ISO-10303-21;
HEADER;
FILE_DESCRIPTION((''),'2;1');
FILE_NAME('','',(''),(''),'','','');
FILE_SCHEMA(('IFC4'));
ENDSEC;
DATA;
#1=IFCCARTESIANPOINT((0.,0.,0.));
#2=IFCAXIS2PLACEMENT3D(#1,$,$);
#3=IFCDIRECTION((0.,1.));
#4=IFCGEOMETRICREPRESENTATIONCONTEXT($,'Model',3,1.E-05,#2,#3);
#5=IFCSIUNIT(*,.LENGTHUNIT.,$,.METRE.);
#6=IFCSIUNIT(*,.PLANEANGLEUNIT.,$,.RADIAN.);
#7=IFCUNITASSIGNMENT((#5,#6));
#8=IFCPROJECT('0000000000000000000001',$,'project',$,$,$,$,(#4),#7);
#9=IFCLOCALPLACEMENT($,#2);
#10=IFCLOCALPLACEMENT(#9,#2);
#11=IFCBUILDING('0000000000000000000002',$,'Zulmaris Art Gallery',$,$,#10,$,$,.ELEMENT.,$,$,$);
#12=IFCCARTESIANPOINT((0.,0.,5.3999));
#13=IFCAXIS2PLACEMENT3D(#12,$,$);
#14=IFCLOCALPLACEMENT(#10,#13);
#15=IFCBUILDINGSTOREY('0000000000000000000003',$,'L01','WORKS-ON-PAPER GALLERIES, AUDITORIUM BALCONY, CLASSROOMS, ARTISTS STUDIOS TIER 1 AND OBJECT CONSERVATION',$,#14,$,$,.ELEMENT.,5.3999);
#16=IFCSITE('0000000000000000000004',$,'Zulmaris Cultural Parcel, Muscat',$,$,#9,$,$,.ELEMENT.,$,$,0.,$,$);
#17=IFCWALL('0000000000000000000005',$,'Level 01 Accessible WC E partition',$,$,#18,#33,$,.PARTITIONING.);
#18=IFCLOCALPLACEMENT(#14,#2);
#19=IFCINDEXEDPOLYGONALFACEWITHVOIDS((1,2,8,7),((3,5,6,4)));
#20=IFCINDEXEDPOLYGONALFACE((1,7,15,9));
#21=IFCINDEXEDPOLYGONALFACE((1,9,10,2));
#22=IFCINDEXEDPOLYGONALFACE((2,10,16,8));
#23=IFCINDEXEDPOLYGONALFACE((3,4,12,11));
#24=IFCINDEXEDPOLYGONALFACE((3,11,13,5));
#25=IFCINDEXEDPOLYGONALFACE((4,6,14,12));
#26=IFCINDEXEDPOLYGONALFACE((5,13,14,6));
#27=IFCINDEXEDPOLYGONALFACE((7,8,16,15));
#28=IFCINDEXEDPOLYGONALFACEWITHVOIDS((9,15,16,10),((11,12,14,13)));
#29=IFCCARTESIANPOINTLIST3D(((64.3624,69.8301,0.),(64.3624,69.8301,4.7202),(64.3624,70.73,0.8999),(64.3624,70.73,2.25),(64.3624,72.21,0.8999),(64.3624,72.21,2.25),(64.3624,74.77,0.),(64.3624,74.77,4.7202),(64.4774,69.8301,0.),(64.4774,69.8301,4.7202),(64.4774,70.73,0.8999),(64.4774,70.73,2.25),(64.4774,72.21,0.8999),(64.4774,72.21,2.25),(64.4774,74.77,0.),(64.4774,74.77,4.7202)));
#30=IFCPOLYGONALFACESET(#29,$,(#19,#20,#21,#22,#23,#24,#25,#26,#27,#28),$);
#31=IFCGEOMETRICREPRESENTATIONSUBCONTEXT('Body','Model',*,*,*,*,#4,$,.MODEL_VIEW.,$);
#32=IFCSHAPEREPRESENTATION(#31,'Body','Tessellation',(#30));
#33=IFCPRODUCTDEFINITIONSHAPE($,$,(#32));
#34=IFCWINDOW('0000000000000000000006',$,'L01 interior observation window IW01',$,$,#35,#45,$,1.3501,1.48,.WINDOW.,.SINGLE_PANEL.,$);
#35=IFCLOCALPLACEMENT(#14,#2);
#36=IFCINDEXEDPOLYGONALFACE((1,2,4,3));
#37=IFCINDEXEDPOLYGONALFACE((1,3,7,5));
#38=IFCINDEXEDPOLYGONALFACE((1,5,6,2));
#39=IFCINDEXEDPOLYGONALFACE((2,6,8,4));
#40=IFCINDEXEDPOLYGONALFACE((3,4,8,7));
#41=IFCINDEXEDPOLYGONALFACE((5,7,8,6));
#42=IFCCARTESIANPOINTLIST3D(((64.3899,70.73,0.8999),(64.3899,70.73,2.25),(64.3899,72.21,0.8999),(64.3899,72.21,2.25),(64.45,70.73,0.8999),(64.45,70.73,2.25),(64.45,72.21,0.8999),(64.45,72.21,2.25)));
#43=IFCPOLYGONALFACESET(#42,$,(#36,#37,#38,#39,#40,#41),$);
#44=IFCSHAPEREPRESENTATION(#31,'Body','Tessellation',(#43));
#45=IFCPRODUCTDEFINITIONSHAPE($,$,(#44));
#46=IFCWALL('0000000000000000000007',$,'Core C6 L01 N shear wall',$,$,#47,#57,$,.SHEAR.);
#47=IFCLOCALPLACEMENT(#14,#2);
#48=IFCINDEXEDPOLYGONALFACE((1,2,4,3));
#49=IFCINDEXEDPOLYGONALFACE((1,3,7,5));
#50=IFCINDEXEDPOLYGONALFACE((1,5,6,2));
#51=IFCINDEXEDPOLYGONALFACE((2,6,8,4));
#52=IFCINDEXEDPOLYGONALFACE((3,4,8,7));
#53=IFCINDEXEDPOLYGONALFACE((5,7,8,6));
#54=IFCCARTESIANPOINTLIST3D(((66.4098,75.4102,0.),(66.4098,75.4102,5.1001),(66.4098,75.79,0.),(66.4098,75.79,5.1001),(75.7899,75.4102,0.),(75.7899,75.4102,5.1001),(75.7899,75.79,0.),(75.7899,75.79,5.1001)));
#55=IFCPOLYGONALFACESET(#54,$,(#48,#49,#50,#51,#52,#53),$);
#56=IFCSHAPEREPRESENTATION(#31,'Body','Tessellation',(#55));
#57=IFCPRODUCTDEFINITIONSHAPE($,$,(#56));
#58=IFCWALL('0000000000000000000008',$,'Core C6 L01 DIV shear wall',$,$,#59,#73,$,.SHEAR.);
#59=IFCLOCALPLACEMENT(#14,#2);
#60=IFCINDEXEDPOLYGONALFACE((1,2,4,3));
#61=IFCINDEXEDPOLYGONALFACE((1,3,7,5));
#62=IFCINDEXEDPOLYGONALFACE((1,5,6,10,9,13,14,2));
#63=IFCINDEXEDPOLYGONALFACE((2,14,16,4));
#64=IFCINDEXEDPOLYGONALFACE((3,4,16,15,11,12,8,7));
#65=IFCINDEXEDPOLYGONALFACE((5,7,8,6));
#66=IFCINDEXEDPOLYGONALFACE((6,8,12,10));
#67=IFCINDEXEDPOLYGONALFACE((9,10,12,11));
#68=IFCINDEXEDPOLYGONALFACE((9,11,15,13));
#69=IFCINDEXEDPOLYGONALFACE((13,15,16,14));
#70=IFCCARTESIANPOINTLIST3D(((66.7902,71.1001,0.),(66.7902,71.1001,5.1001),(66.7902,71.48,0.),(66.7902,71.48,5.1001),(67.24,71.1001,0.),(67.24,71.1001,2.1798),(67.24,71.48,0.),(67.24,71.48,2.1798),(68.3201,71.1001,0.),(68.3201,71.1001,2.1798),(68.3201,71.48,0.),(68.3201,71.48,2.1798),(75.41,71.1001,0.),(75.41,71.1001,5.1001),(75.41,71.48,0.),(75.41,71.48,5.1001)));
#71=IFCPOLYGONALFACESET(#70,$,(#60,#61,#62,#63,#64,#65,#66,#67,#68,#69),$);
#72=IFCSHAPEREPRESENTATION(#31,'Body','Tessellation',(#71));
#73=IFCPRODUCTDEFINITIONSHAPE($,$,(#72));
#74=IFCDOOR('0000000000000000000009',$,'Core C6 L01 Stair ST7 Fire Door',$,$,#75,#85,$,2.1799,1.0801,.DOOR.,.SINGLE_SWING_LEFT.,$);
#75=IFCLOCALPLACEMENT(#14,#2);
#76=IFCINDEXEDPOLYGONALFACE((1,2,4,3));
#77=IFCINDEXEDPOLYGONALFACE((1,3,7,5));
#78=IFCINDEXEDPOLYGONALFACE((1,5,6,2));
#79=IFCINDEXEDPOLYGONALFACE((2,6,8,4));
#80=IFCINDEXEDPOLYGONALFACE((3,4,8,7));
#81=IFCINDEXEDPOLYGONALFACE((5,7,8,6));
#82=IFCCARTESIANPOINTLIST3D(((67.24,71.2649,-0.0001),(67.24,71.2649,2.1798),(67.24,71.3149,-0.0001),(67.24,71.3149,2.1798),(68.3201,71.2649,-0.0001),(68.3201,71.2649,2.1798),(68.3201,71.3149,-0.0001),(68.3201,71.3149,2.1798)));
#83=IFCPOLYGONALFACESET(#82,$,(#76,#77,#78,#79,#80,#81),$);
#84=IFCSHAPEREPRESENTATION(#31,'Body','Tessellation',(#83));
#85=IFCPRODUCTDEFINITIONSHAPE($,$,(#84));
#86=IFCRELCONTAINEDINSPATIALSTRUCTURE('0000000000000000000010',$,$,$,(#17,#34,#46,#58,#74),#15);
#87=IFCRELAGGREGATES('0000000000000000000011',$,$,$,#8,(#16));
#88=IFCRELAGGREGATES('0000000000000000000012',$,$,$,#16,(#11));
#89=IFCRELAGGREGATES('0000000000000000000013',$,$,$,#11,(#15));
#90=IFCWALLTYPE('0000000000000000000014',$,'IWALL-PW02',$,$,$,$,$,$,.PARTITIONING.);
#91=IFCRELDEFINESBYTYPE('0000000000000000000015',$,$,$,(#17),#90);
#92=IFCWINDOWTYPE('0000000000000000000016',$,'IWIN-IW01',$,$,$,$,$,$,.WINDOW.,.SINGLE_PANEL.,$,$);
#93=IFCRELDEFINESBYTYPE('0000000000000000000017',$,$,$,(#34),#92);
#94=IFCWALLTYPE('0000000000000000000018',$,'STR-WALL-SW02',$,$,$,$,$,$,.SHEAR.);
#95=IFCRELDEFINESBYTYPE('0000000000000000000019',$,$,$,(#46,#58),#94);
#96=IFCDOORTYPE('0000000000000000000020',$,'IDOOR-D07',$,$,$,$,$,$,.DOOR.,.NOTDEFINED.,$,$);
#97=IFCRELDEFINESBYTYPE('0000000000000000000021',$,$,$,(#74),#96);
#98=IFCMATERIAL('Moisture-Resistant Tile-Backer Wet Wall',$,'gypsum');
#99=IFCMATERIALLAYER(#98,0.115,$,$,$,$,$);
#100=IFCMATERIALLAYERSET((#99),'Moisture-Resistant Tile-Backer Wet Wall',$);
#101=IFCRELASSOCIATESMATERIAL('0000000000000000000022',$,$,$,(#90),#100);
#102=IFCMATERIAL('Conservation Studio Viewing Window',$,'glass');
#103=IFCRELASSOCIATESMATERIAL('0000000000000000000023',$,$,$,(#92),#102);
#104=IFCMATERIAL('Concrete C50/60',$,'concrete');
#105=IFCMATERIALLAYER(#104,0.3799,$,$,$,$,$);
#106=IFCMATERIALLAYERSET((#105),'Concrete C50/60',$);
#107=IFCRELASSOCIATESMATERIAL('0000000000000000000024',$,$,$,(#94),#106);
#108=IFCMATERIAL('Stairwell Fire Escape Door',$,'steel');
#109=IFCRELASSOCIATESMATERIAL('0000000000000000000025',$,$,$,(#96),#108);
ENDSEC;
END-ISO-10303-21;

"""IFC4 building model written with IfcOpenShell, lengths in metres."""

from ifc_helpers import new_model, si_unit, direction, frame, frame_2d, origin, place, context, subcontext, project, spatial, rectangle, extrude, material, layer, layer_set, type_object, element, fill, save


model = new_model("IFC4")

# Units and contexts
model_context = context("Model", 3, precision=1e-05, world=origin(), true_north=direction((0.0, 1.0)))
body_context = subcontext(model_context, "Body", "Model", "MODEL_VIEW")
ifc_project = project(units=[si_unit("LENGTHUNIT", "METRE"), si_unit("PLANEANGLEUNIT", "RADIAN")], contexts=[model_context])

# Site, building, storey
site_placement = place(None, origin())
site = spatial("IfcSite", under=ifc_project, at=site_placement, Name="Zulmaris Cultural Parcel, Muscat", CompositionType="ELEMENT", RefElevation=0.0)
building_placement = place(site_placement, origin())
building = spatial("IfcBuilding", under=site, at=building_placement, Name="Zulmaris Art Gallery", CompositionType="ELEMENT")
storey_placement = place(building_placement, frame((0.0, 0.0, 5.3999)))
storey = spatial("IfcBuildingStorey", under=building, at=storey_placement, Name="L01", Description="WORKS-ON-PAPER GALLERIES, AUDITORIUM BALCONY, CLASSROOMS, ARTISTS STUDIOS TIER 1 AND OBJECT CONSERVATION", CompositionType="ELEMENT", Elevation=5.3999)

# Shared definitions
ifc_material_1 = material(Name="Moisture-Resistant Tile-Backer Wet Wall", Category="gypsum")
ifc_layer_1 = layer(ifc_material_1, 0.115)
ifc_layer_set_1 = layer_set([ifc_layer_1], Name="Moisture-Resistant Tile-Backer Wet Wall")
wall_type_1 = type_object("IfcWallType", Name="IWALL-PW02", PredefinedType="PARTITIONING", material=ifc_layer_set_1)

# Wall, opening, window
ifc_material_2 = material(Name="Conservation Studio Viewing Window", Category="glass")
window_type_1 = type_object("IfcWindowType", Name="IWIN-IW01", PartitioningType="SINGLE_PANEL", PredefinedType="WINDOW", material=ifc_material_2)
wall_1_placement = place(storey_placement, frame((64.4199, 69.8301, 0.0), z_axis=(0.0, 0.0, 1.0), x_axis=(0.0, 1.0, 0.0)))
wall_1 = element("IfcWall", 1, at=wall_1_placement, inside=storey, type_object=wall_type_1, Name="Level 01 Accessible WC E partition", PredefinedType="PARTITIONING", context=body_context, shape_type="SweptSolid", body=[
    extrude(rectangle(XDim=4.9399, YDim=0.115, at=frame_2d((2.47, 0.0))), origin(), (0.0, 0.0, 1.0), 4.7202),
])
opening_1_placement = place(wall_1_placement, frame((0.8999, 0.0, 0.8999)))
opening_1 = element("IfcOpeningElement", 2, at=opening_1_placement, cuts=wall_1, PredefinedType="OPENING", context=body_context, shape_type="SweptSolid", body=[
    extrude(rectangle(XDim=1.48, YDim=1.3501, at=frame_2d((0.74, 0.675))), frame((0.0, 0.0674, 0.0), z_axis=(0.0, -1.0, 0.0), x_axis=(1.0, 0.0, 0.0)), (0.0, 0.0, 1.0), 0.135),
])
window_1_placement = place(opening_1_placement, origin())
window_1 = element("IfcWindow", 3, at=window_1_placement, inside=storey, type_object=window_type_1, Name="L01 interior observation window IW01", OverallHeight=1.3501, OverallWidth=1.48, PartitioningType="SINGLE_PANEL", PredefinedType="WINDOW", context=body_context, shape_type="SweptSolid", body=[
    extrude(rectangle(XDim=1.48, YDim=1.3501, at=frame_2d((0.74, 0.675))), frame((0.0, 0.03, 0.0), z_axis=(0.0, -1.0, 0.0), x_axis=(1.0, 0.0, 0.0)), (0.0, 0.0, 1.0), 0.0601),
])
fill(opening_1, window_1)

# Wall
ifc_material_3 = material(Name="Concrete C50/60", Category="concrete")
ifc_layer_2 = layer(ifc_material_3, 0.3799)
ifc_layer_set_2 = layer_set([ifc_layer_2], Name="Concrete C50/60")
wall_type_2 = type_object("IfcWallType", Name="STR-WALL-SW02", PredefinedType="SHEAR", material=ifc_layer_set_2)
wall_2_placement = place(storey_placement, frame((66.4099, 75.6001, 0.0), z_axis=(0.0, 0.0, 1.0), x_axis=(1.0, 0.0, 0.0)))
element("IfcWall", 4, at=wall_2_placement, inside=storey, type_object=wall_type_2, Name="Core C6 L01 N shear wall", PredefinedType="SHEAR", context=body_context, shape_type="SweptSolid", body=[
    extrude(rectangle(XDim=9.3801, YDim=0.3799, at=frame_2d((4.6899, 0.0))), origin(), (0.0, 0.0, 1.0), 5.1001),
])

# Wall, opening, door
wall_3_placement = place(storey_placement, frame((66.79, 71.29, 0.0), z_axis=(0.0, 0.0, 1.0), x_axis=(1.0, 0.0, 0.0)))
wall_3 = element("IfcWall", 5, at=wall_3_placement, inside=storey, type_object=wall_type_2, Name="Core C6 L01 DIV shear wall", PredefinedType="SHEAR", context=body_context, shape_type="SweptSolid", body=[
    extrude(rectangle(XDim=8.6199, YDim=0.3799, at=frame_2d((4.3101, 0.0))), origin(), (0.0, 0.0, 1.0), 5.1001),
])
opening_2_placement = place(wall_3_placement, frame((0.45, 0.0, 0.0)))
opening_2 = element("IfcOpeningElement", 6, at=opening_2_placement, cuts=wall_3, PredefinedType="OPENING", context=body_context, shape_type="SweptSolid", body=[
    extrude(rectangle(XDim=1.0801, YDim=2.1799, at=frame_2d((0.54, 1.0898))), frame((0.0, 0.2, 0.0), z_axis=(0.0, -1.0, 0.0), x_axis=(1.0, 0.0, 0.0)), (0.0, 0.0, 1.0), 0.3999),
])
ifc_material_4 = material(Name="Stairwell Fire Escape Door", Category="steel")
door_type_1 = type_object("IfcDoorType", Name="IDOOR-D07", OperationType="NOTDEFINED", PredefinedType="DOOR", material=ifc_material_4)
door_1_placement = place(opening_2_placement, origin())
door_1 = element("IfcDoor", 7, at=door_1_placement, inside=storey, type_object=door_type_1, Name="Core C6 L01 Stair ST7 Fire Door", OperationType="SINGLE_SWING_LEFT", OverallHeight=2.1799, OverallWidth=1.0801, PredefinedType="DOOR", context=body_context, shape_type="SweptSolid", body=[
    extrude(rectangle(XDim=1.0801, YDim=2.1799, at=frame_2d((0.54, 1.0898))), frame((0.0, 0.0249, 0.0), z_axis=(0.0, -1.0, 0.0), x_axis=(1.0, 0.0, 0.0)), (0.0, 0.0, 1.0), 0.05),
])
fill(opening_2, door_1)

save(model, "model.ifc")
